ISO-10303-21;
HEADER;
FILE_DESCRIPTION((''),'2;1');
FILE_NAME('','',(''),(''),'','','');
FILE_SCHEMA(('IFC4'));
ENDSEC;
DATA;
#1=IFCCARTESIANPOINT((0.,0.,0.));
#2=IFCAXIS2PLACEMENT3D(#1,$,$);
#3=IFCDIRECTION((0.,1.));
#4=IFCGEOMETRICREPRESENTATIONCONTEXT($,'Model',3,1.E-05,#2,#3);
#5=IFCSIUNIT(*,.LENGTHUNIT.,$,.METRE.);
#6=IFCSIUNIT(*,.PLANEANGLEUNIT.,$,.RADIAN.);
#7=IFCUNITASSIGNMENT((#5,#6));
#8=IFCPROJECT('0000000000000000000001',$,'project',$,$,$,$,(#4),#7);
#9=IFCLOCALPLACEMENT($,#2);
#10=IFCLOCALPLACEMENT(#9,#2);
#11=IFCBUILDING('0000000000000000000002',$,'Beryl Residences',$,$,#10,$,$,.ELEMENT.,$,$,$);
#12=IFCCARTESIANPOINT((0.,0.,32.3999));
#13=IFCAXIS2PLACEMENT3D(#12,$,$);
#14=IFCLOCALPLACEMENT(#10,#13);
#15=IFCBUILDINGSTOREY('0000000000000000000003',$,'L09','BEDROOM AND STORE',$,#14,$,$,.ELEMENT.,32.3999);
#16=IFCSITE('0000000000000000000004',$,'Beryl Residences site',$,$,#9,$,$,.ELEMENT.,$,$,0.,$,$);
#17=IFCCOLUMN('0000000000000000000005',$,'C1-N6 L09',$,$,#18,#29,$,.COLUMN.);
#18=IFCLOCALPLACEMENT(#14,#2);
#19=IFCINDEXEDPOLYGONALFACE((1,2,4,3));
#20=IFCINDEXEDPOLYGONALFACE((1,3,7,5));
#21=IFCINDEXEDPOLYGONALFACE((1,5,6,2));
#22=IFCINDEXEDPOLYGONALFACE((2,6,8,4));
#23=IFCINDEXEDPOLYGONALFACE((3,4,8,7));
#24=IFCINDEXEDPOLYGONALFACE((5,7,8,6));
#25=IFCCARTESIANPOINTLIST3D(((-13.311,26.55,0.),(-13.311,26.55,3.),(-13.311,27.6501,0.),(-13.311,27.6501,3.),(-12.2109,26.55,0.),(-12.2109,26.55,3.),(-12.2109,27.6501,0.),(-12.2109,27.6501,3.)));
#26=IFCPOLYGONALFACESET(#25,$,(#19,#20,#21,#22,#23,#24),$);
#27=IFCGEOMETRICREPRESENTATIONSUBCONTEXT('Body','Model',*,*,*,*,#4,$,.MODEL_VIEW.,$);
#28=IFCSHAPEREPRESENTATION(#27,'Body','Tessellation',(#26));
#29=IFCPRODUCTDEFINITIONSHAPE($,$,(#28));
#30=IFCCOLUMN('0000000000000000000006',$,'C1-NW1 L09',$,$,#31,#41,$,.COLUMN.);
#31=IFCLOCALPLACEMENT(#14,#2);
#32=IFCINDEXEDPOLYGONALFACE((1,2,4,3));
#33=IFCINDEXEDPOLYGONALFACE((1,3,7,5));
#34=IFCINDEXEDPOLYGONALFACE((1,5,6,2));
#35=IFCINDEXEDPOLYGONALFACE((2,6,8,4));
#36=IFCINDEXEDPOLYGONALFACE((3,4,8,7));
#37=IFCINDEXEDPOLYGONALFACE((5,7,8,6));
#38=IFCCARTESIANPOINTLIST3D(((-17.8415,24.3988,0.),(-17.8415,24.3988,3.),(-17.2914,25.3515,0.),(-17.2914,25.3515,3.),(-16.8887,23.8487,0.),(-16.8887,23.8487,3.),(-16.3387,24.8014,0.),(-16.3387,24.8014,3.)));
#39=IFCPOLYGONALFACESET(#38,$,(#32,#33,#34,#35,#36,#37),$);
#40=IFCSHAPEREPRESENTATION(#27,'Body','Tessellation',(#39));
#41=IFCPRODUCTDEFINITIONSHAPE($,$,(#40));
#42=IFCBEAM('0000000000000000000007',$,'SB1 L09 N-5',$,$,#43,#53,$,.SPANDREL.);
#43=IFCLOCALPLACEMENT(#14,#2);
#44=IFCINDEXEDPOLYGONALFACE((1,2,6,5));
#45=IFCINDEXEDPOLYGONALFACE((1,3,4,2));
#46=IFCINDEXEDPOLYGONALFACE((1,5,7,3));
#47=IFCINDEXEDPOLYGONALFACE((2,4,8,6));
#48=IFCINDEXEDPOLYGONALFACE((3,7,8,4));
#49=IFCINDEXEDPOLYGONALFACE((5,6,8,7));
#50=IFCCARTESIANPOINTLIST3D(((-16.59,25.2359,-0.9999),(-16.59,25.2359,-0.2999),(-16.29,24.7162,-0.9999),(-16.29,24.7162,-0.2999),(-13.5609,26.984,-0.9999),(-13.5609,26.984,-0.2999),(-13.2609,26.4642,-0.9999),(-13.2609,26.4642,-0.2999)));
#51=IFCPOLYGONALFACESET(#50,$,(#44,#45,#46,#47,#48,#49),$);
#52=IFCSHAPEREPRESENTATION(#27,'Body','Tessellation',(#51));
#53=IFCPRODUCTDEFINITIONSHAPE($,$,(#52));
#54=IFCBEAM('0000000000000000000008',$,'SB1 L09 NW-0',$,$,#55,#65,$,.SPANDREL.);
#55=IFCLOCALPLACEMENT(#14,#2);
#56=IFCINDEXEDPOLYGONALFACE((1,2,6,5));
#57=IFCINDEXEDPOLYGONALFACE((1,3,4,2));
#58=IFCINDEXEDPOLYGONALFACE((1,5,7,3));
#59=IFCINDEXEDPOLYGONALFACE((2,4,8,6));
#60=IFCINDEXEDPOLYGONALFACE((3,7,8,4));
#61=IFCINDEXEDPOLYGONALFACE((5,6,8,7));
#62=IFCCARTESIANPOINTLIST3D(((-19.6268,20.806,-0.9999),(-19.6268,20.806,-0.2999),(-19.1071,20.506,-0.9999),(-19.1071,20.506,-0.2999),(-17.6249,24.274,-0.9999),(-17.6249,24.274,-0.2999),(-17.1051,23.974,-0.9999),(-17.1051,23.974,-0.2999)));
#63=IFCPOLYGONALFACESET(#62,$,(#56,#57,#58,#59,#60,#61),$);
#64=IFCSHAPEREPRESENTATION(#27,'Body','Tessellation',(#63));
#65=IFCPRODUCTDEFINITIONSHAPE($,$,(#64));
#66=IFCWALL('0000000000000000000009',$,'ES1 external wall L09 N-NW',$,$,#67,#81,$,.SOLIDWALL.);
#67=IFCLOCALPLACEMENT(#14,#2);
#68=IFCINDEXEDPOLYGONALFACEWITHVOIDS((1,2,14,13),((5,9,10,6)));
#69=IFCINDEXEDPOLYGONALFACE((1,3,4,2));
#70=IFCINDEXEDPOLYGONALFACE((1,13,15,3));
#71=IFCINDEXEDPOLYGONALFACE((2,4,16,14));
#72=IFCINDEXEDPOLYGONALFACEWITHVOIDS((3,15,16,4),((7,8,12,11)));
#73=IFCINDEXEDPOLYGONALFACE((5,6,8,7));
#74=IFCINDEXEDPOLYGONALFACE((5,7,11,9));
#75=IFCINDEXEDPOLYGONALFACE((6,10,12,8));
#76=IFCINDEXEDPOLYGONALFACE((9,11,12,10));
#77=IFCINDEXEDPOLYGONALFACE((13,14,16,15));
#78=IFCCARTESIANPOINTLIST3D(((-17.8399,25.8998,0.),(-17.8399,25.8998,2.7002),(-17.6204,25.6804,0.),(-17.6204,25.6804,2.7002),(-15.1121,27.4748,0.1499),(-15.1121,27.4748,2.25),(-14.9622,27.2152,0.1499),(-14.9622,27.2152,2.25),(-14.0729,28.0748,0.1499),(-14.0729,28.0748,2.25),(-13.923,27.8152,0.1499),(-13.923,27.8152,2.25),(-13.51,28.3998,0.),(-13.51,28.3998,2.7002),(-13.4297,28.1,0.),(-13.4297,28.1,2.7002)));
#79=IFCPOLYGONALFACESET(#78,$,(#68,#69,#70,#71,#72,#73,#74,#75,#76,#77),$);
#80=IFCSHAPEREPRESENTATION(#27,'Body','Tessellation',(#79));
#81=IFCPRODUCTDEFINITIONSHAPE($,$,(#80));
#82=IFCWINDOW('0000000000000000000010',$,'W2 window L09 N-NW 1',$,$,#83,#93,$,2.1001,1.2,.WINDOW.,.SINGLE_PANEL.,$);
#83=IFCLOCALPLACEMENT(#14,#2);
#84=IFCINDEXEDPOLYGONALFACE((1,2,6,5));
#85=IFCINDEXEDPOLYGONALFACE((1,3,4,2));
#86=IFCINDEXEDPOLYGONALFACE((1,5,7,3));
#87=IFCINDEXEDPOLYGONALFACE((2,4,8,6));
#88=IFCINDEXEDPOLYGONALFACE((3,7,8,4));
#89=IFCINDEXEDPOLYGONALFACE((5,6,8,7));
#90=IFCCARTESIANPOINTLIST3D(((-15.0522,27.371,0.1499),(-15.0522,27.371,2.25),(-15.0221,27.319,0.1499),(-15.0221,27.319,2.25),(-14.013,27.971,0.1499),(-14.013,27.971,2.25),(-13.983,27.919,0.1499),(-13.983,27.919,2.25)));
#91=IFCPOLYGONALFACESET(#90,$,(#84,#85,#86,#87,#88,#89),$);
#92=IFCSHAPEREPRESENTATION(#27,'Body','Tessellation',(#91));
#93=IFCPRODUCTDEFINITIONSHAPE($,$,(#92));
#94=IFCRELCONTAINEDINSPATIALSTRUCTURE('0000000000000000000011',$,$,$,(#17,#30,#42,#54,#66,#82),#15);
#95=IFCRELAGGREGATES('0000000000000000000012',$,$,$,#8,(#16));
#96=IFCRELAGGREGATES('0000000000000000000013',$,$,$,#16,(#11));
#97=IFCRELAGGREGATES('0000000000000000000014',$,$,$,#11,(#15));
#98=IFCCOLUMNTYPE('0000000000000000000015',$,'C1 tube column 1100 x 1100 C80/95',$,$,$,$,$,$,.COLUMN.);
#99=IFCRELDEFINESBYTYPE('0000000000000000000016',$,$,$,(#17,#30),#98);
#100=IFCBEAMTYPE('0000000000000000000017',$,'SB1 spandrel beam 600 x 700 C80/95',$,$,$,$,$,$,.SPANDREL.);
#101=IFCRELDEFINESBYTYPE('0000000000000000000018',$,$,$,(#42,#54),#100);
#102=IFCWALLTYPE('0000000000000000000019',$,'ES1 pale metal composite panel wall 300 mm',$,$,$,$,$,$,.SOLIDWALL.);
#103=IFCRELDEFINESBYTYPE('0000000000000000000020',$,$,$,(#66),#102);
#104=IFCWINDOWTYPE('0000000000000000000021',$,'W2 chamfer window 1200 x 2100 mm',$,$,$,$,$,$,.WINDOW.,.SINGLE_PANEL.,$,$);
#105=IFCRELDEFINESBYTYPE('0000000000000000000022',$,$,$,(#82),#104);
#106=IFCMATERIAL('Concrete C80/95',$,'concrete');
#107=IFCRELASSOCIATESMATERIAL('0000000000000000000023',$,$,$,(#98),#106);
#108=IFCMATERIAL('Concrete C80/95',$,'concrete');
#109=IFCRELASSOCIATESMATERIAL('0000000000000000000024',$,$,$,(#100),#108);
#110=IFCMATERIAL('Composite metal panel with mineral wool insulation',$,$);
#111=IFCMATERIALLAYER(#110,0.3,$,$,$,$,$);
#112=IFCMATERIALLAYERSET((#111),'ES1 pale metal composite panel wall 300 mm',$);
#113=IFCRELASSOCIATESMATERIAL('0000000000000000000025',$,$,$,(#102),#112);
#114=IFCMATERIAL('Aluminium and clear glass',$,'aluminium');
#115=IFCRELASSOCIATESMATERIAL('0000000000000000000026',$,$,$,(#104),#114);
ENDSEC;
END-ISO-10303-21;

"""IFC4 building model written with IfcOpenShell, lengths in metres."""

from ifc_helpers import new_model, si_unit, direction, frame, frame_2d, origin, origin_2d, place, context, subcontext, project, spatial, polyline, rectangle, outline, extrude, material, layer, layer_set, material_profile, profile_set, type_object, element, fill, save


model = new_model("IFC4")

# Units and contexts
model_context = context("Model", 3, precision=1e-05, world=origin(), true_north=direction((0.0, 1.0)))
body_context = subcontext(model_context, "Body", "Model", "MODEL_VIEW")
ifc_project = project(units=[si_unit("LENGTHUNIT", "METRE"), si_unit("PLANEANGLEUNIT", "RADIAN")], contexts=[model_context])

# Site, building, storey
site_placement = place(None, origin())
site = spatial("IfcSite", under=ifc_project, at=site_placement, Name="Beryl Residences site", CompositionType="ELEMENT", RefElevation=0.0)
building_placement = place(site_placement, origin())
building = spatial("IfcBuilding", under=site, at=building_placement, Name="Beryl Residences", CompositionType="ELEMENT")
storey_placement = place(building_placement, frame((0.0, 0.0, 32.3999)))
storey = spatial("IfcBuildingStorey", under=building, at=storey_placement, Name="L09", Description="BEDROOM AND STORE", CompositionType="ELEMENT", Elevation=32.3999)

# Columns
ifc_material_1 = material(Name="Concrete C80/95", Category="concrete")
ifc_material_profile_1 = material_profile(ifc_material_1, rectangle(XDim=1.1001, YDim=1.1001, at=origin_2d()))
ifc_profile_set_1 = profile_set([ifc_material_profile_1], Name="Concrete C80/95")
column_type = type_object("IfcColumnType", Name="C1 tube column 1100 x 1100 C80/95", PredefinedType="COLUMN", material=ifc_profile_set_1)
for number, where, z_axis, x_axis, name in (
    (1, (-12.761, 27.1001, 0.0), (0.0, 0.0, 1.0), (-1.0, 0.0, 0.0), "C1-N6 L09"),
    (2, (-17.0901, 24.6001, 0.0), (0.0, 0.0, 1.0), (-0.499985, -0.866034, 0.0), "C1-NW1 L09"),
):
    element("IfcColumn", number, at=place(storey_placement, frame(where, z_axis=z_axis, x_axis=x_axis)), inside=storey, type_object=column_type, Name=name, PredefinedType="COLUMN", context=body_context, shape_type="SweptSolid", body=[
        extrude(rectangle(XDim=1.1001, YDim=1.1001, at=origin_2d()), origin(), (0.0, 0.0, 1.0), 3.0),
    ])

# Beams
ifc_material_2 = material(Name="Concrete C80/95", Category="concrete")
ifc_material_profile_2 = material_profile(ifc_material_2, rectangle(XDim=0.6001, YDim=0.7, at=origin_2d()))
ifc_profile_set_2 = profile_set([ifc_material_profile_2], Name="Concrete C80/95")
beam_type = type_object("IfcBeamType", Name="SB1 spandrel beam 600 x 700 C80/95", PredefinedType="SPANDREL", material=ifc_profile_set_2)
beam_1_placement = place(storey_placement, frame((-13.4109, 26.7241, -0.6499), z_axis=(-0.866122, -0.499833, 0.0), x_axis=(0.499833, -0.866122, 0.0)))
element("IfcBeam", 3, at=beam_1_placement, inside=storey, type_object=beam_type, Name="SB1 L09 N-5", PredefinedType="SPANDREL", context=body_context, shape_type="SweptSolid", body=[
    extrude(rectangle(XDim=0.6001, YDim=0.7, at=origin_2d()), origin(), (0.0, 0.0, 1.0), 3.4973),
])
beam_2_placement = place(storey_placement, frame((-17.365, 24.124, -0.6499), z_axis=(-0.499942, -0.866059, 0.0), x_axis=(0.866059, -0.499942, 0.0)))
element("IfcBeam", 4, at=beam_2_placement, inside=storey, type_object=beam_type, Name="SB1 L09 NW-0", PredefinedType="SPANDREL", context=body_context, shape_type="SweptSolid", body=[
    extrude(rectangle(XDim=0.6001, YDim=0.7, at=origin_2d()), origin(), (0.0, 0.0, 1.0), 4.0044),
])

# Wall, opening, window
ifc_material_3 = material(Name="Composite metal panel with mineral wool insulation")
ifc_layer_1 = layer(ifc_material_3, 0.3)
ifc_layer_set_1 = layer_set([ifc_layer_1], Name="ES1 pale metal composite panel wall 300 mm")
wall_type_1 = type_object("IfcWallType", Name="ES1 pale metal composite panel wall 300 mm", PredefinedType="SOLIDWALL", material=ifc_layer_set_1)
wall_1_placement = place(storey_placement, frame((-13.4351, 28.27, 0.0), z_axis=(0.0, 0.0, 1.0), x_axis=(-0.866011, -0.500025, 0.0)))
wall_1 = element("IfcWall", 5, at=wall_1_placement, inside=storey, type_object=wall_type_1, Name="ES1 external wall L09 N-NW", PredefinedType="SOLIDWALL", context=body_context, shape_type="SweptSolid", body=[
    extrude(outline(polyline([(0.0, -0.1499), (4.9998, -0.1499), (4.9194, 0.1499), (0.0803, 0.1499), (0.0, -0.1499)])), origin(), (0.0, 0.0, 1.0), 2.7002),
])
opening_1_placement = place(wall_1_placement, frame((0.6499, 0.0, 0.1499)))
opening_1 = element("IfcOpeningElement", 6, at=opening_1_placement, cuts=wall_1, PredefinedType="OPENING", context=body_context, shape_type="SweptSolid", body=[
    extrude(rectangle(XDim=1.2, YDim=2.1001, at=frame_2d((0.6001, 1.05))), frame((0.0, 0.1599, 0.0), z_axis=(0.0, -1.0, 0.0), x_axis=(1.0, 0.0, 0.0)), (0.0, 0.0, 1.0), 0.3201),
])
ifc_material_4 = material(Name="Aluminium and clear glass", Category="aluminium")
window_type_1 = type_object("IfcWindowType", Name="W2 chamfer window 1200 x 2100 mm", PartitioningType="SINGLE_PANEL", PredefinedType="WINDOW", material=ifc_material_4)
window_1_placement = place(opening_1_placement, origin())
window_1 = element("IfcWindow", 7, at=window_1_placement, inside=storey, type_object=window_type_1, Name="W2 window L09 N-NW 1", OverallHeight=2.1001, OverallWidth=1.2, PartitioningType="SINGLE_PANEL", PredefinedType="WINDOW", context=body_context, shape_type="SweptSolid", body=[
    extrude(rectangle(XDim=1.2, YDim=2.1001, at=frame_2d((0.6001, 1.05))), frame((0.0, 0.03, 0.0), z_axis=(0.0, -1.0, 0.0), x_axis=(1.0, 0.0, 0.0)), (0.0, 0.0, 1.0), 0.0601),
])
fill(opening_1, window_1)

save(model, "model.ifc")
